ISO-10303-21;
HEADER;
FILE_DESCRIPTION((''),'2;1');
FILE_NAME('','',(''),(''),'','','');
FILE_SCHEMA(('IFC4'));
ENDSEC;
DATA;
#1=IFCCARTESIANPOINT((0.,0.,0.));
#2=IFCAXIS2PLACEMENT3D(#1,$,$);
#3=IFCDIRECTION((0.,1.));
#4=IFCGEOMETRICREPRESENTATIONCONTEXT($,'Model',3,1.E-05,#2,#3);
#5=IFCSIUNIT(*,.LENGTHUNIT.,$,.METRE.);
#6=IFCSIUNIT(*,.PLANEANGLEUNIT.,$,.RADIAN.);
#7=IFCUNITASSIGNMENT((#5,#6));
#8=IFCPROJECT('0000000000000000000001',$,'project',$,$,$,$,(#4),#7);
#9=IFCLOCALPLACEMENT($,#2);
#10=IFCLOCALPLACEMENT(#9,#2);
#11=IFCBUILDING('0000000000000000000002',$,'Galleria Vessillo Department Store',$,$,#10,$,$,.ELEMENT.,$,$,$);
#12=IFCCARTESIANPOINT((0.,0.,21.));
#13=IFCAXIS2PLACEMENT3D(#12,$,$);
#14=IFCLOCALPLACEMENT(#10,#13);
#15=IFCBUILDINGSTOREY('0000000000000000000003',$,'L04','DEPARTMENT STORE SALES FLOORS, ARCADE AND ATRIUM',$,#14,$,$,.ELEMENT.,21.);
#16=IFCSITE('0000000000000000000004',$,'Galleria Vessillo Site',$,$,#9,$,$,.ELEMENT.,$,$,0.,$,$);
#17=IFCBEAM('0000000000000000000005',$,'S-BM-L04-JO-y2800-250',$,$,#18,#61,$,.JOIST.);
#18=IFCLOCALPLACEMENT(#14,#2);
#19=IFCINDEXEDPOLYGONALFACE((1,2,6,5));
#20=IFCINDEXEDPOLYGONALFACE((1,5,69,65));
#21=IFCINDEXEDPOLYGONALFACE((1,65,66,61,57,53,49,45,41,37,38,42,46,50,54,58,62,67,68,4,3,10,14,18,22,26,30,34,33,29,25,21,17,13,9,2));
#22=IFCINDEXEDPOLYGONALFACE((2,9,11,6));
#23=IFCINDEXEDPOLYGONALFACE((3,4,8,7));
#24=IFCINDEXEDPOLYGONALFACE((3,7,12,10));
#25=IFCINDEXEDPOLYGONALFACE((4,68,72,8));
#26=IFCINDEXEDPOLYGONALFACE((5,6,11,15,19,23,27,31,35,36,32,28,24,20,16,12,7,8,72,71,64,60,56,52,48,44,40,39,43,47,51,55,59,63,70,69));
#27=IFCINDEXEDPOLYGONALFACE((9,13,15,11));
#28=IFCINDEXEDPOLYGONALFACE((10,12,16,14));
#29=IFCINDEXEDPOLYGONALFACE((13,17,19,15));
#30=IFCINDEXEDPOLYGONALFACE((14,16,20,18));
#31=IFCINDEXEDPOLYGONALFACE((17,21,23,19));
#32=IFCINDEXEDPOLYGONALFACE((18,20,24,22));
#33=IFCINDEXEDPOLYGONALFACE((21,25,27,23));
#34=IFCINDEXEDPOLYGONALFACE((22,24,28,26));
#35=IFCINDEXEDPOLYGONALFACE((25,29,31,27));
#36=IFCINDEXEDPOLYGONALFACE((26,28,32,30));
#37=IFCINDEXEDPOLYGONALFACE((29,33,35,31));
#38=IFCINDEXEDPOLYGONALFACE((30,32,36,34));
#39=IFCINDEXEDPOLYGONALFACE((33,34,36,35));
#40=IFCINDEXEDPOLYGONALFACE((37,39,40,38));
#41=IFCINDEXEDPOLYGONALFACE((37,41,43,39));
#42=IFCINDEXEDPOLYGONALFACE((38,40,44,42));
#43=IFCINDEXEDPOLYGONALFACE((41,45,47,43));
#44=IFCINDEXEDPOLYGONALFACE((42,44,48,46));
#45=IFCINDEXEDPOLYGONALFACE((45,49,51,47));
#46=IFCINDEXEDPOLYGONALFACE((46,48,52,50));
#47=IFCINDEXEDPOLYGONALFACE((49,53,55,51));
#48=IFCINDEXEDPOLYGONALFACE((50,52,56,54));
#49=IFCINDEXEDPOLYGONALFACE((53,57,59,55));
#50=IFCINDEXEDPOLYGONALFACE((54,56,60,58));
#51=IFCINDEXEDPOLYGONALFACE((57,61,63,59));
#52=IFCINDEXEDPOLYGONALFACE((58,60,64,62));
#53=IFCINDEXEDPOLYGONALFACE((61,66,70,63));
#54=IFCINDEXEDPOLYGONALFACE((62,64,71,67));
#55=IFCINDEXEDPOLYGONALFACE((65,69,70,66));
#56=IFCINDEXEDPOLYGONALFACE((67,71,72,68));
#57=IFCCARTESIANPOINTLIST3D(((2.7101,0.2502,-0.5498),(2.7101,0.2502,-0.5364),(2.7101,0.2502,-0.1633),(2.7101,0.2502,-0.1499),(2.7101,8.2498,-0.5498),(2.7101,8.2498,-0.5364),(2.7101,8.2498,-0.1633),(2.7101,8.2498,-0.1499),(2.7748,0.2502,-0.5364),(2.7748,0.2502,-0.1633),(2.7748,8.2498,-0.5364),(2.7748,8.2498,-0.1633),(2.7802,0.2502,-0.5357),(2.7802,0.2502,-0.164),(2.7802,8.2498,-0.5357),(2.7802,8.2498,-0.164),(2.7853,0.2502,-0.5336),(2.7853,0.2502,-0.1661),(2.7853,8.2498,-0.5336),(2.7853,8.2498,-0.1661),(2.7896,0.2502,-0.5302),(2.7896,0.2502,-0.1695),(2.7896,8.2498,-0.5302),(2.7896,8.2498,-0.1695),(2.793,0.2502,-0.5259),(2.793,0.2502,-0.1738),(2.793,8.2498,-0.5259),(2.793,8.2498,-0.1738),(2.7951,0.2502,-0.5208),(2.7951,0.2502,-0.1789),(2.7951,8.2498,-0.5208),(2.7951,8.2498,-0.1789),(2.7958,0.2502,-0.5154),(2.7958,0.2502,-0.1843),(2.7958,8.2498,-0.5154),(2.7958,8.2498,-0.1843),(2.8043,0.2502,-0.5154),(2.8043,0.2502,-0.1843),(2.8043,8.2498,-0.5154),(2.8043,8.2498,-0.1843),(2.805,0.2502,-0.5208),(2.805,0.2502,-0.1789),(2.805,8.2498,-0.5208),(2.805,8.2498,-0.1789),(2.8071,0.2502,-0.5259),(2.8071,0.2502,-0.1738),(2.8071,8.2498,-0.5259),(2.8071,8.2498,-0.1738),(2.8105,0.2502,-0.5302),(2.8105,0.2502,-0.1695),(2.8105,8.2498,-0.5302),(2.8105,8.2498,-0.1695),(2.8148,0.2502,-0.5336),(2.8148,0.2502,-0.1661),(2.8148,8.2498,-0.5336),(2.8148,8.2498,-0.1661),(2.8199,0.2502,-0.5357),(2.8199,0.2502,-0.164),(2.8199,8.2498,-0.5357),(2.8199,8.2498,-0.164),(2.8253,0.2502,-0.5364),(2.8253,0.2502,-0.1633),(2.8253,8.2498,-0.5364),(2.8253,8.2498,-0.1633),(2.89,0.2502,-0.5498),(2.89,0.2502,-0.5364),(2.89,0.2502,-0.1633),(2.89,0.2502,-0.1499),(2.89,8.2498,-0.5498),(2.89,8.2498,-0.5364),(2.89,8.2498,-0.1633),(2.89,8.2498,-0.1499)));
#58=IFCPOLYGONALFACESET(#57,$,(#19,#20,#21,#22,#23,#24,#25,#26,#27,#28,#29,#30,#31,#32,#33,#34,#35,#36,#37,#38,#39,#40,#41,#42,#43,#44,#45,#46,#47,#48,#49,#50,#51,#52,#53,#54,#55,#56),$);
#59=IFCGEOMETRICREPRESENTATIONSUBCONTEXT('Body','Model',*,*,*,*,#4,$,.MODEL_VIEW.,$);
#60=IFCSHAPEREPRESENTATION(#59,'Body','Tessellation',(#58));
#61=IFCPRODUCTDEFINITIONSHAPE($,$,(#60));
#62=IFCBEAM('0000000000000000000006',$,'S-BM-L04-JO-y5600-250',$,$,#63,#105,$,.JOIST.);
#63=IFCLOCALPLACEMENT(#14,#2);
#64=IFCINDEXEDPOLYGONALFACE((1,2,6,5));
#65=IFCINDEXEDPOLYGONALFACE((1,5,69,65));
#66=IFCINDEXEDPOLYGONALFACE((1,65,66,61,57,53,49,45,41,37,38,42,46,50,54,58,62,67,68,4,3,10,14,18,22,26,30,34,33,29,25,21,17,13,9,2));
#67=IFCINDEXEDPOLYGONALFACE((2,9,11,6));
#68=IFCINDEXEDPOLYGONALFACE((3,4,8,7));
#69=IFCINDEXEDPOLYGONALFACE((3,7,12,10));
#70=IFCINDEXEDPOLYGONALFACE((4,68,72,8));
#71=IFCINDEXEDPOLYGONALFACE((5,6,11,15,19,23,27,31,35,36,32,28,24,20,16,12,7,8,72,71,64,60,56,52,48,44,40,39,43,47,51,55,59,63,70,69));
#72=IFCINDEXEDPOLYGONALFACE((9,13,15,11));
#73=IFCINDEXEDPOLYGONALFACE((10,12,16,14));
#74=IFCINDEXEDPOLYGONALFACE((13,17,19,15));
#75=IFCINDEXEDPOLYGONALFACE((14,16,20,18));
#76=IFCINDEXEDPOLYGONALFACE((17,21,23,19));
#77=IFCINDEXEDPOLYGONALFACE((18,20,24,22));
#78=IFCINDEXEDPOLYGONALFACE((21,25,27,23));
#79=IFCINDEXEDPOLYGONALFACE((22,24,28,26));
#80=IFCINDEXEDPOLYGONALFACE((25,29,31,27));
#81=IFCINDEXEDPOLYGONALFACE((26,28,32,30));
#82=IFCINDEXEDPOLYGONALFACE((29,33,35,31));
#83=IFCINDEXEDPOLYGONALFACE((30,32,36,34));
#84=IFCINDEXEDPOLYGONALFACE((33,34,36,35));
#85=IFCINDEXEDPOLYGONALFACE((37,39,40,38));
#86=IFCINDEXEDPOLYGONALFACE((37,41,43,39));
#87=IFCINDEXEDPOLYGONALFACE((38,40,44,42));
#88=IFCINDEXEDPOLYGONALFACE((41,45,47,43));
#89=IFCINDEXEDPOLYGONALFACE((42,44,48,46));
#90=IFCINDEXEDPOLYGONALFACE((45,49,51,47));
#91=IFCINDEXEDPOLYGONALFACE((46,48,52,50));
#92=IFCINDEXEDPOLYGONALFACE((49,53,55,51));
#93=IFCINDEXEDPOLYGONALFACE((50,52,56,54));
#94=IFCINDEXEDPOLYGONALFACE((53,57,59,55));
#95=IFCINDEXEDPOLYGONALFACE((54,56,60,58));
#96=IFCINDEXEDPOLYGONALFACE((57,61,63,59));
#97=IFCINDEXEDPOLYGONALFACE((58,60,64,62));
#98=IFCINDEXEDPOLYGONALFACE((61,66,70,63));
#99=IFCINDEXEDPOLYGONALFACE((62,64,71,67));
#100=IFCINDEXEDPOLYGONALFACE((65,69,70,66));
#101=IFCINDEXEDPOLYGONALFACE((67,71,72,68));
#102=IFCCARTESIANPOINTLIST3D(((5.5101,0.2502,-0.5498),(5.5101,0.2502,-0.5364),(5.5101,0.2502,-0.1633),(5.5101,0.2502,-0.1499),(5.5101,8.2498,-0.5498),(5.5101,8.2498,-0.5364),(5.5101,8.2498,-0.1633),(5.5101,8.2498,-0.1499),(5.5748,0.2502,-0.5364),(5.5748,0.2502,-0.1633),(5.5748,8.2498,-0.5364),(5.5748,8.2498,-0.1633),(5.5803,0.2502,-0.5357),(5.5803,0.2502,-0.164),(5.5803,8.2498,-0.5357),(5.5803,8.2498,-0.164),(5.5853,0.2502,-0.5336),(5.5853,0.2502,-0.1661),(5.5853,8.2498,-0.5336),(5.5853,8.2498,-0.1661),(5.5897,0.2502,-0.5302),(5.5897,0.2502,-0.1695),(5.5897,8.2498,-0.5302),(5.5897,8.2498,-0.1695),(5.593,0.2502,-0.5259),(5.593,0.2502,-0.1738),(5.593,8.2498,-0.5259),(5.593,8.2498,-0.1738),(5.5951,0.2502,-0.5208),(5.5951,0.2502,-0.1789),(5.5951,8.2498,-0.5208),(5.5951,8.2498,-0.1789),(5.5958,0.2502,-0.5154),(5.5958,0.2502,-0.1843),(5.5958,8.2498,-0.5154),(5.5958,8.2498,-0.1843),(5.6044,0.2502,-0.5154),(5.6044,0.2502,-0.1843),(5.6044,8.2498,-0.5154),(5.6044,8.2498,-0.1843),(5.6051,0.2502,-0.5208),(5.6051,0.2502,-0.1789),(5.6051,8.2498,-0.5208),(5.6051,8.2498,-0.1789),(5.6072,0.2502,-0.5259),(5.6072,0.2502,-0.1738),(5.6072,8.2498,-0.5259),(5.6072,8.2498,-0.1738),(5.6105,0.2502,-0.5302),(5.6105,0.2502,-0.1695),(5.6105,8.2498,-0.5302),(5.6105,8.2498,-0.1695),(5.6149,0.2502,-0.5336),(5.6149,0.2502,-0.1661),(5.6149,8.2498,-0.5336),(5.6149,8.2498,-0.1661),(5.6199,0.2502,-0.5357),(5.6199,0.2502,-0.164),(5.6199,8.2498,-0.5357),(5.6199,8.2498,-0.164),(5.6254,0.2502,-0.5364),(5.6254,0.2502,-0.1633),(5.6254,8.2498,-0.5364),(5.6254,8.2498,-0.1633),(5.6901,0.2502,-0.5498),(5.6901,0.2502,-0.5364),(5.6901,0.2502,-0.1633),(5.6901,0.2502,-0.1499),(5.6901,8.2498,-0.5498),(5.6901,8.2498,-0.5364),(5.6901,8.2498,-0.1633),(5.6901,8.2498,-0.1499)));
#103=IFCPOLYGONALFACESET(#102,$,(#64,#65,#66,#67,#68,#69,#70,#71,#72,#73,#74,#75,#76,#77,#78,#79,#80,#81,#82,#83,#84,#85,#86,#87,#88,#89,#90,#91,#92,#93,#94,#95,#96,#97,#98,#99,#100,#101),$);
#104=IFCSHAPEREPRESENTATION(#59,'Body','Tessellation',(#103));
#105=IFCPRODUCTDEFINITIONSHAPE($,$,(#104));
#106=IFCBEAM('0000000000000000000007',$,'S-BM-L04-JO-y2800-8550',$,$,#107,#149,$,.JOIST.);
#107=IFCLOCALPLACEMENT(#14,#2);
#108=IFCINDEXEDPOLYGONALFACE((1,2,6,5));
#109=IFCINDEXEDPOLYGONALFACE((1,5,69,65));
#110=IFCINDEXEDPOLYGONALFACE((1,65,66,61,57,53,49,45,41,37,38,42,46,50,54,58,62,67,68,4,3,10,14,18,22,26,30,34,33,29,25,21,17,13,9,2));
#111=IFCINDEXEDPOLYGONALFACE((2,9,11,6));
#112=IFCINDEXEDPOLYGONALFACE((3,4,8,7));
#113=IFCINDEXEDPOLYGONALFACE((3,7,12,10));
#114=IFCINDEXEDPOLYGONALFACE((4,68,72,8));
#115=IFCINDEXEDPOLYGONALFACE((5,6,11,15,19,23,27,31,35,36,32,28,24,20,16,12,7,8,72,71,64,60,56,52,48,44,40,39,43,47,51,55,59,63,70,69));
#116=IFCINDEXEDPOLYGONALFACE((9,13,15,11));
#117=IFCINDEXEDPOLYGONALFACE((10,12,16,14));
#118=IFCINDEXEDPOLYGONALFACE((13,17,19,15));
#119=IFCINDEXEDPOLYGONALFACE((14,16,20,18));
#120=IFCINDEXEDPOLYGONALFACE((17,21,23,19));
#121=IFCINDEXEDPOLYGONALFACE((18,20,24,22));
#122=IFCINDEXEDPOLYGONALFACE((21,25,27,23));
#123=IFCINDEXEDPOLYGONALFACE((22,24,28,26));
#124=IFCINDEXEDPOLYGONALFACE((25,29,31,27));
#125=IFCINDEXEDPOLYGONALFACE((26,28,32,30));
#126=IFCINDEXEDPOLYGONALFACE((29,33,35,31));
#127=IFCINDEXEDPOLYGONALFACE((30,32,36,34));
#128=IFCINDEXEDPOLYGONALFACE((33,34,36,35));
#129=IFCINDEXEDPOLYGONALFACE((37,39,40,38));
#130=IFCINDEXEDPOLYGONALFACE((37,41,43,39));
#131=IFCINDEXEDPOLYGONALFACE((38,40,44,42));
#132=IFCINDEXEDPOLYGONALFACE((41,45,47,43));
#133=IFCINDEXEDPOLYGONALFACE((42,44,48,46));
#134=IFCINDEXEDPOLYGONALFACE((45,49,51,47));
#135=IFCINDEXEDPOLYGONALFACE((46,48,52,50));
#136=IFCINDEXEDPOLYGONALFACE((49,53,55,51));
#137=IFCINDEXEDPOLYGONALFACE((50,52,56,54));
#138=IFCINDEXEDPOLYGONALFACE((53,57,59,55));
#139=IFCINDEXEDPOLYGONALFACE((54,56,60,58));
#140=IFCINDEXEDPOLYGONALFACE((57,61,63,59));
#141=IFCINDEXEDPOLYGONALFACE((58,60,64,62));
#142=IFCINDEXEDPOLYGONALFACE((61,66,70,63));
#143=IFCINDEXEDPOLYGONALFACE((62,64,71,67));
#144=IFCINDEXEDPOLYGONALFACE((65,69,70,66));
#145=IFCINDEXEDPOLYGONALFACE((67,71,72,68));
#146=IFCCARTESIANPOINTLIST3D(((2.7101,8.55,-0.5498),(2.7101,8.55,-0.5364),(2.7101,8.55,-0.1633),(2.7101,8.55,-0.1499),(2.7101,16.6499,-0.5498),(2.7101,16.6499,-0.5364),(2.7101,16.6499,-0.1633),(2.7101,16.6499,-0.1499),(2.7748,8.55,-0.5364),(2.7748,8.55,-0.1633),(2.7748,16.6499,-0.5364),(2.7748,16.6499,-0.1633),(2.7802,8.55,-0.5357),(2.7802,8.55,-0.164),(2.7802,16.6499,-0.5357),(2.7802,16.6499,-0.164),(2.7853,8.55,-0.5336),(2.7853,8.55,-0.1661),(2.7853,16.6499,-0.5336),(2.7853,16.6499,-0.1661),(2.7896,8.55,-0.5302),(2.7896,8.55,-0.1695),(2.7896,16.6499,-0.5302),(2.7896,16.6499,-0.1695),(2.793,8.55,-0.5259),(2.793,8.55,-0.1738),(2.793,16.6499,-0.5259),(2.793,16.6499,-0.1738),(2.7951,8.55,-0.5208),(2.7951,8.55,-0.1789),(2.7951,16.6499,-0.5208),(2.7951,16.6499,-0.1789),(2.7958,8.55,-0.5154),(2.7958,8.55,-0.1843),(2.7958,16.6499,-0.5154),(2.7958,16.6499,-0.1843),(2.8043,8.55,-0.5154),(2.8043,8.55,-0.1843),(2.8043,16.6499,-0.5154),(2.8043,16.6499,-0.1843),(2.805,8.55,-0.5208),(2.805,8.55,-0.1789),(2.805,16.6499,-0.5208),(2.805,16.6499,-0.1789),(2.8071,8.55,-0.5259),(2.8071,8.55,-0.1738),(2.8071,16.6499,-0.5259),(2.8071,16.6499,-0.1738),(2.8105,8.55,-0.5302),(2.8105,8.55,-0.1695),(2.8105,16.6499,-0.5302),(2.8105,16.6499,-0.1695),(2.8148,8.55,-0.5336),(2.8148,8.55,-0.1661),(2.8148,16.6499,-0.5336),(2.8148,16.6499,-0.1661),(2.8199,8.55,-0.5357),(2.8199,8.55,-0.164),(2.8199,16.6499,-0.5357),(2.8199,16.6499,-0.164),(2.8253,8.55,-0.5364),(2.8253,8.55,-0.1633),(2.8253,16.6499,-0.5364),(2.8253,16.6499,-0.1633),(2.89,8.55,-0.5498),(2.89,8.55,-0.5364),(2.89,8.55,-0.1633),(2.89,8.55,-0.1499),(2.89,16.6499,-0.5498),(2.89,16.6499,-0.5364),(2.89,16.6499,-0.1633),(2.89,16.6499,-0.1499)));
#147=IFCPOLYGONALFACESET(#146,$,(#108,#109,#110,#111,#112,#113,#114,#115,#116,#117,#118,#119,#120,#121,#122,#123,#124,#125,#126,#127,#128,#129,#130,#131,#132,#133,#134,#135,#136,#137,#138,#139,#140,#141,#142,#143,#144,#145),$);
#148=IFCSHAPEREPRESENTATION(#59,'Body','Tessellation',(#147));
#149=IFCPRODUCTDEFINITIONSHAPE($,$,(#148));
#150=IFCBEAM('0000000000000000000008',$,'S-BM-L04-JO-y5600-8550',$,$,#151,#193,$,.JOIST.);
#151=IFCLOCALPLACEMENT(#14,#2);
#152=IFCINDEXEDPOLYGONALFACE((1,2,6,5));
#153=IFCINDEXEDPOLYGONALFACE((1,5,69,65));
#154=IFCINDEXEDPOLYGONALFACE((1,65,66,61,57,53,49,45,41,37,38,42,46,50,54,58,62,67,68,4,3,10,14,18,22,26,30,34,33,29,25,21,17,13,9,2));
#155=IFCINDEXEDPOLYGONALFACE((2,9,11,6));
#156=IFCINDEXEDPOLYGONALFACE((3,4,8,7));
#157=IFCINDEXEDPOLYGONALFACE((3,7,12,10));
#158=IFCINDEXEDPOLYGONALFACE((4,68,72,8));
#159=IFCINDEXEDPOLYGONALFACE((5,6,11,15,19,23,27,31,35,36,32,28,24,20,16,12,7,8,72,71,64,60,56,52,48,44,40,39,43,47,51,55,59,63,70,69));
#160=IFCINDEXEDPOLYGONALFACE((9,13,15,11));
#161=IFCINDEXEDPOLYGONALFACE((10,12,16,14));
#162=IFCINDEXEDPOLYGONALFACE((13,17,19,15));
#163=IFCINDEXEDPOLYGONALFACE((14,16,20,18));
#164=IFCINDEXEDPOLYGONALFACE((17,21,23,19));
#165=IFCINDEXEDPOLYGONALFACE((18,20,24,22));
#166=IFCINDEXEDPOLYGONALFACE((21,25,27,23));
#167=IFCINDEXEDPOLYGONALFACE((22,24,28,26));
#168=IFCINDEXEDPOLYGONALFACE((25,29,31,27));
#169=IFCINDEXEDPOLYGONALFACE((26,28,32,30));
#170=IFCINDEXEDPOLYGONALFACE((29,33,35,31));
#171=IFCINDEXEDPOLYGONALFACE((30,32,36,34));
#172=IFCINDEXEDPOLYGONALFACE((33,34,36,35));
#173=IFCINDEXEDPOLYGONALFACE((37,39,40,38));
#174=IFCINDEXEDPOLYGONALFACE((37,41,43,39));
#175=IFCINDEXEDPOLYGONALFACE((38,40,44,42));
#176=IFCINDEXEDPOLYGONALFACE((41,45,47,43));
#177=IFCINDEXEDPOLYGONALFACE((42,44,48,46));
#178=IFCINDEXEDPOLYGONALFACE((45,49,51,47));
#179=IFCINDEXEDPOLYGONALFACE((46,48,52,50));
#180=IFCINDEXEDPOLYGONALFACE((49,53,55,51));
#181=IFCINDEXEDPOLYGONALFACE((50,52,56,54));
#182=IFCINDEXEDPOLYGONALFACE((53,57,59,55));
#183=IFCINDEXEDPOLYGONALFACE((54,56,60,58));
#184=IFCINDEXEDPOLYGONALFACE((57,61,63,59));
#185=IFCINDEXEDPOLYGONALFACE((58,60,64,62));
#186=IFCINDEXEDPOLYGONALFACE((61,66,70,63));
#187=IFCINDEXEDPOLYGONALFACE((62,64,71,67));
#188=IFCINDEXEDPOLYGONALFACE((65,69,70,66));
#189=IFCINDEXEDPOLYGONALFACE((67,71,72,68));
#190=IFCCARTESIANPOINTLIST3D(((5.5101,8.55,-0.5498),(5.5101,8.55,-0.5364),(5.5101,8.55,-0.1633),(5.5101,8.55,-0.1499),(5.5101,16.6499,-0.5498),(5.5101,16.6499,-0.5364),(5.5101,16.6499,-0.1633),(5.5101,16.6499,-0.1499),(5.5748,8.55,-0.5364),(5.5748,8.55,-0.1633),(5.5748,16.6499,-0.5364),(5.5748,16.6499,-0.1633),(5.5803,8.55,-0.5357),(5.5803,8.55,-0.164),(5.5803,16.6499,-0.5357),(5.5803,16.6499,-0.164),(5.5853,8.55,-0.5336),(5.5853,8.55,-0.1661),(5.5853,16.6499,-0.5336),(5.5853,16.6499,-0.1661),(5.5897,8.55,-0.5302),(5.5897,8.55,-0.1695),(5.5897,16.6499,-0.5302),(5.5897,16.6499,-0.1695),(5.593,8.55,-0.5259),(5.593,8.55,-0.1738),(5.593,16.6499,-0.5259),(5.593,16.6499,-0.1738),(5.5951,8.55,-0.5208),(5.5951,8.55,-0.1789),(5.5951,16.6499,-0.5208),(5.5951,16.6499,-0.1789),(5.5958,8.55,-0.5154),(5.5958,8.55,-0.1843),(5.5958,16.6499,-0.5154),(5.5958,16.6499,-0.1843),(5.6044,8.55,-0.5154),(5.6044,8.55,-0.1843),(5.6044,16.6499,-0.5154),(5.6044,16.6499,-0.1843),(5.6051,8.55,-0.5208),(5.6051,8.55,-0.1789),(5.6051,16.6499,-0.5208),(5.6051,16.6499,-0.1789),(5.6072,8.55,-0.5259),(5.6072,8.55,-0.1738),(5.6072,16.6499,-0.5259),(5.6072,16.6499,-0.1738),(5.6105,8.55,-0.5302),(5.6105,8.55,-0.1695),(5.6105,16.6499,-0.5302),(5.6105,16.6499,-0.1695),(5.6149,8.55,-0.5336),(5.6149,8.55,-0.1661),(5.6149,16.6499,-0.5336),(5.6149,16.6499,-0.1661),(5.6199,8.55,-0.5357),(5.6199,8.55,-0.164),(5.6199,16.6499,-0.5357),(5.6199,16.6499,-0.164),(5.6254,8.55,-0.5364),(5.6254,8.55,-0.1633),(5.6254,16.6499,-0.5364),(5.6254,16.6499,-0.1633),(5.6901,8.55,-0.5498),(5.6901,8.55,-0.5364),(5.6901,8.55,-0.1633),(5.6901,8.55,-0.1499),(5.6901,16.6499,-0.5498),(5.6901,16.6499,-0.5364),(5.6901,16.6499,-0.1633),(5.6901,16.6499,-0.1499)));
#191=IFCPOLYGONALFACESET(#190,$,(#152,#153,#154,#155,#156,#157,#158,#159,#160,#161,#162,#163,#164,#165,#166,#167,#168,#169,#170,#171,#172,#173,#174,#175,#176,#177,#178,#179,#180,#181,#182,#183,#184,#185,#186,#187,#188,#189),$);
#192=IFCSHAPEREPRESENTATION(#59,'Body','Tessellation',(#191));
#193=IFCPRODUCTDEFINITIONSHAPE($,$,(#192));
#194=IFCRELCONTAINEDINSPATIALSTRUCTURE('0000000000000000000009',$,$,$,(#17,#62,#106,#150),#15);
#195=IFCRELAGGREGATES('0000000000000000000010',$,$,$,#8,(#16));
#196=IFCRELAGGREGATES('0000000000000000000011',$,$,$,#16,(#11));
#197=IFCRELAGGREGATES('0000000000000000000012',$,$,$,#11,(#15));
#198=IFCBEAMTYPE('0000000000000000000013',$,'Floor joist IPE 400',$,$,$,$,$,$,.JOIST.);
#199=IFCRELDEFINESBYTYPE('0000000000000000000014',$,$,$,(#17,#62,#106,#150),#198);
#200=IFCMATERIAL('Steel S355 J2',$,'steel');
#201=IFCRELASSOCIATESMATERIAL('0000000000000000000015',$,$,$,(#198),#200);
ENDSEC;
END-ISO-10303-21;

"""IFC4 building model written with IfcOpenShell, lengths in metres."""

from ifc_helpers import new_model, si_unit, direction, frame, origin, origin_2d, place, context, subcontext, project, spatial, i_section, extrude, material, material_profile, profile_set, type_object, element, save


model = new_model("IFC4")

# Units and contexts
model_context = context("Model", 3, precision=1e-05, world=origin(), true_north=direction((0.0, 1.0)))
body_context = subcontext(model_context, "Body", "Model", "MODEL_VIEW")
ifc_project = project(units=[si_unit("LENGTHUNIT", "METRE"), si_unit("PLANEANGLEUNIT", "RADIAN")], contexts=[model_context])

# Site, building, storey
site_placement = place(None, origin())
site = spatial("IfcSite", under=ifc_project, at=site_placement, Name="Galleria Vessillo Site", CompositionType="ELEMENT", RefElevation=0.0)
building_placement = place(site_placement, origin())
building = spatial("IfcBuilding", under=site, at=building_placement, Name="Galleria Vessillo Department Store", CompositionType="ELEMENT")
storey_placement = place(building_placement, frame((0.0, 0.0, 21.0)))
storey = spatial("IfcBuildingStorey", under=building, at=storey_placement, Name="L04", Description="DEPARTMENT STORE SALES FLOORS, ARCADE AND ATRIUM", CompositionType="ELEMENT", Elevation=21.0)

# Beams
ifc_material_1 = material(Name="Steel S355 J2", Category="steel")
ifc_material_profile_1 = material_profile(ifc_material_1, i_section(OverallWidth=0.1799, OverallDepth=0.3999, WebThickness=0.0085, FlangeThickness=0.0134, FilletRadius=0.021, at=origin_2d()), Name="IPE 400")
ifc_profile_set_1 = profile_set([ifc_material_profile_1], Name="Steel S355 J2")
beam_type_1 = type_object("IfcBeamType", Name="Floor joist IPE 400", PredefinedType="JOIST", material=ifc_profile_set_1)
for number, where, z_axis, x_axis, name in (
    (1, (2.8, 0.2502, -0.3499), (0.0, 1.0, 0.0), (-1.0, 0.0, 0.0), "S-BM-L04-JO-y2800-250"),
    (2, (5.6001, 0.2502, -0.3499), (0.0, 1.0, 0.0), (-1.0, 0.0, 0.0), "S-BM-L04-JO-y5600-250"),
):
    element("IfcBeam", number, at=place(storey_placement, frame(where, z_axis=z_axis, x_axis=x_axis)), inside=storey, type_object=beam_type_1, Name=name, PredefinedType="JOIST", context=body_context, shape_type="SweptSolid", body=[
        extrude(i_section(OverallWidth=0.1799, OverallDepth=0.3999, WebThickness=0.0085, FlangeThickness=0.0134, FilletRadius=0.021, at=origin_2d()), origin(), (0.0, 0.0, 1.0), 7.9995),
    ])
for number, where, z_axis, x_axis, name in (
    (3, (2.8, 8.55, -0.3499), (0.0, 1.0, 0.0), (-1.0, 0.0, 0.0), "S-BM-L04-JO-y2800-8550"),
    (4, (5.6001, 8.55, -0.3499), (0.0, 1.0, 0.0), (-1.0, 0.0, 0.0), "S-BM-L04-JO-y5600-8550"),
):
    element("IfcBeam", number, at=place(storey_placement, frame(where, z_axis=z_axis, x_axis=x_axis)), inside=storey, type_object=beam_type_1, Name=name, PredefinedType="JOIST", context=body_context, shape_type="SweptSolid", body=[
        extrude(i_section(OverallWidth=0.1799, OverallDepth=0.3999, WebThickness=0.0085, FlangeThickness=0.0134, FilletRadius=0.021, at=origin_2d()), origin(), (0.0, 0.0, 1.0), 8.0999),
    ])

save(model, "model.ifc")
